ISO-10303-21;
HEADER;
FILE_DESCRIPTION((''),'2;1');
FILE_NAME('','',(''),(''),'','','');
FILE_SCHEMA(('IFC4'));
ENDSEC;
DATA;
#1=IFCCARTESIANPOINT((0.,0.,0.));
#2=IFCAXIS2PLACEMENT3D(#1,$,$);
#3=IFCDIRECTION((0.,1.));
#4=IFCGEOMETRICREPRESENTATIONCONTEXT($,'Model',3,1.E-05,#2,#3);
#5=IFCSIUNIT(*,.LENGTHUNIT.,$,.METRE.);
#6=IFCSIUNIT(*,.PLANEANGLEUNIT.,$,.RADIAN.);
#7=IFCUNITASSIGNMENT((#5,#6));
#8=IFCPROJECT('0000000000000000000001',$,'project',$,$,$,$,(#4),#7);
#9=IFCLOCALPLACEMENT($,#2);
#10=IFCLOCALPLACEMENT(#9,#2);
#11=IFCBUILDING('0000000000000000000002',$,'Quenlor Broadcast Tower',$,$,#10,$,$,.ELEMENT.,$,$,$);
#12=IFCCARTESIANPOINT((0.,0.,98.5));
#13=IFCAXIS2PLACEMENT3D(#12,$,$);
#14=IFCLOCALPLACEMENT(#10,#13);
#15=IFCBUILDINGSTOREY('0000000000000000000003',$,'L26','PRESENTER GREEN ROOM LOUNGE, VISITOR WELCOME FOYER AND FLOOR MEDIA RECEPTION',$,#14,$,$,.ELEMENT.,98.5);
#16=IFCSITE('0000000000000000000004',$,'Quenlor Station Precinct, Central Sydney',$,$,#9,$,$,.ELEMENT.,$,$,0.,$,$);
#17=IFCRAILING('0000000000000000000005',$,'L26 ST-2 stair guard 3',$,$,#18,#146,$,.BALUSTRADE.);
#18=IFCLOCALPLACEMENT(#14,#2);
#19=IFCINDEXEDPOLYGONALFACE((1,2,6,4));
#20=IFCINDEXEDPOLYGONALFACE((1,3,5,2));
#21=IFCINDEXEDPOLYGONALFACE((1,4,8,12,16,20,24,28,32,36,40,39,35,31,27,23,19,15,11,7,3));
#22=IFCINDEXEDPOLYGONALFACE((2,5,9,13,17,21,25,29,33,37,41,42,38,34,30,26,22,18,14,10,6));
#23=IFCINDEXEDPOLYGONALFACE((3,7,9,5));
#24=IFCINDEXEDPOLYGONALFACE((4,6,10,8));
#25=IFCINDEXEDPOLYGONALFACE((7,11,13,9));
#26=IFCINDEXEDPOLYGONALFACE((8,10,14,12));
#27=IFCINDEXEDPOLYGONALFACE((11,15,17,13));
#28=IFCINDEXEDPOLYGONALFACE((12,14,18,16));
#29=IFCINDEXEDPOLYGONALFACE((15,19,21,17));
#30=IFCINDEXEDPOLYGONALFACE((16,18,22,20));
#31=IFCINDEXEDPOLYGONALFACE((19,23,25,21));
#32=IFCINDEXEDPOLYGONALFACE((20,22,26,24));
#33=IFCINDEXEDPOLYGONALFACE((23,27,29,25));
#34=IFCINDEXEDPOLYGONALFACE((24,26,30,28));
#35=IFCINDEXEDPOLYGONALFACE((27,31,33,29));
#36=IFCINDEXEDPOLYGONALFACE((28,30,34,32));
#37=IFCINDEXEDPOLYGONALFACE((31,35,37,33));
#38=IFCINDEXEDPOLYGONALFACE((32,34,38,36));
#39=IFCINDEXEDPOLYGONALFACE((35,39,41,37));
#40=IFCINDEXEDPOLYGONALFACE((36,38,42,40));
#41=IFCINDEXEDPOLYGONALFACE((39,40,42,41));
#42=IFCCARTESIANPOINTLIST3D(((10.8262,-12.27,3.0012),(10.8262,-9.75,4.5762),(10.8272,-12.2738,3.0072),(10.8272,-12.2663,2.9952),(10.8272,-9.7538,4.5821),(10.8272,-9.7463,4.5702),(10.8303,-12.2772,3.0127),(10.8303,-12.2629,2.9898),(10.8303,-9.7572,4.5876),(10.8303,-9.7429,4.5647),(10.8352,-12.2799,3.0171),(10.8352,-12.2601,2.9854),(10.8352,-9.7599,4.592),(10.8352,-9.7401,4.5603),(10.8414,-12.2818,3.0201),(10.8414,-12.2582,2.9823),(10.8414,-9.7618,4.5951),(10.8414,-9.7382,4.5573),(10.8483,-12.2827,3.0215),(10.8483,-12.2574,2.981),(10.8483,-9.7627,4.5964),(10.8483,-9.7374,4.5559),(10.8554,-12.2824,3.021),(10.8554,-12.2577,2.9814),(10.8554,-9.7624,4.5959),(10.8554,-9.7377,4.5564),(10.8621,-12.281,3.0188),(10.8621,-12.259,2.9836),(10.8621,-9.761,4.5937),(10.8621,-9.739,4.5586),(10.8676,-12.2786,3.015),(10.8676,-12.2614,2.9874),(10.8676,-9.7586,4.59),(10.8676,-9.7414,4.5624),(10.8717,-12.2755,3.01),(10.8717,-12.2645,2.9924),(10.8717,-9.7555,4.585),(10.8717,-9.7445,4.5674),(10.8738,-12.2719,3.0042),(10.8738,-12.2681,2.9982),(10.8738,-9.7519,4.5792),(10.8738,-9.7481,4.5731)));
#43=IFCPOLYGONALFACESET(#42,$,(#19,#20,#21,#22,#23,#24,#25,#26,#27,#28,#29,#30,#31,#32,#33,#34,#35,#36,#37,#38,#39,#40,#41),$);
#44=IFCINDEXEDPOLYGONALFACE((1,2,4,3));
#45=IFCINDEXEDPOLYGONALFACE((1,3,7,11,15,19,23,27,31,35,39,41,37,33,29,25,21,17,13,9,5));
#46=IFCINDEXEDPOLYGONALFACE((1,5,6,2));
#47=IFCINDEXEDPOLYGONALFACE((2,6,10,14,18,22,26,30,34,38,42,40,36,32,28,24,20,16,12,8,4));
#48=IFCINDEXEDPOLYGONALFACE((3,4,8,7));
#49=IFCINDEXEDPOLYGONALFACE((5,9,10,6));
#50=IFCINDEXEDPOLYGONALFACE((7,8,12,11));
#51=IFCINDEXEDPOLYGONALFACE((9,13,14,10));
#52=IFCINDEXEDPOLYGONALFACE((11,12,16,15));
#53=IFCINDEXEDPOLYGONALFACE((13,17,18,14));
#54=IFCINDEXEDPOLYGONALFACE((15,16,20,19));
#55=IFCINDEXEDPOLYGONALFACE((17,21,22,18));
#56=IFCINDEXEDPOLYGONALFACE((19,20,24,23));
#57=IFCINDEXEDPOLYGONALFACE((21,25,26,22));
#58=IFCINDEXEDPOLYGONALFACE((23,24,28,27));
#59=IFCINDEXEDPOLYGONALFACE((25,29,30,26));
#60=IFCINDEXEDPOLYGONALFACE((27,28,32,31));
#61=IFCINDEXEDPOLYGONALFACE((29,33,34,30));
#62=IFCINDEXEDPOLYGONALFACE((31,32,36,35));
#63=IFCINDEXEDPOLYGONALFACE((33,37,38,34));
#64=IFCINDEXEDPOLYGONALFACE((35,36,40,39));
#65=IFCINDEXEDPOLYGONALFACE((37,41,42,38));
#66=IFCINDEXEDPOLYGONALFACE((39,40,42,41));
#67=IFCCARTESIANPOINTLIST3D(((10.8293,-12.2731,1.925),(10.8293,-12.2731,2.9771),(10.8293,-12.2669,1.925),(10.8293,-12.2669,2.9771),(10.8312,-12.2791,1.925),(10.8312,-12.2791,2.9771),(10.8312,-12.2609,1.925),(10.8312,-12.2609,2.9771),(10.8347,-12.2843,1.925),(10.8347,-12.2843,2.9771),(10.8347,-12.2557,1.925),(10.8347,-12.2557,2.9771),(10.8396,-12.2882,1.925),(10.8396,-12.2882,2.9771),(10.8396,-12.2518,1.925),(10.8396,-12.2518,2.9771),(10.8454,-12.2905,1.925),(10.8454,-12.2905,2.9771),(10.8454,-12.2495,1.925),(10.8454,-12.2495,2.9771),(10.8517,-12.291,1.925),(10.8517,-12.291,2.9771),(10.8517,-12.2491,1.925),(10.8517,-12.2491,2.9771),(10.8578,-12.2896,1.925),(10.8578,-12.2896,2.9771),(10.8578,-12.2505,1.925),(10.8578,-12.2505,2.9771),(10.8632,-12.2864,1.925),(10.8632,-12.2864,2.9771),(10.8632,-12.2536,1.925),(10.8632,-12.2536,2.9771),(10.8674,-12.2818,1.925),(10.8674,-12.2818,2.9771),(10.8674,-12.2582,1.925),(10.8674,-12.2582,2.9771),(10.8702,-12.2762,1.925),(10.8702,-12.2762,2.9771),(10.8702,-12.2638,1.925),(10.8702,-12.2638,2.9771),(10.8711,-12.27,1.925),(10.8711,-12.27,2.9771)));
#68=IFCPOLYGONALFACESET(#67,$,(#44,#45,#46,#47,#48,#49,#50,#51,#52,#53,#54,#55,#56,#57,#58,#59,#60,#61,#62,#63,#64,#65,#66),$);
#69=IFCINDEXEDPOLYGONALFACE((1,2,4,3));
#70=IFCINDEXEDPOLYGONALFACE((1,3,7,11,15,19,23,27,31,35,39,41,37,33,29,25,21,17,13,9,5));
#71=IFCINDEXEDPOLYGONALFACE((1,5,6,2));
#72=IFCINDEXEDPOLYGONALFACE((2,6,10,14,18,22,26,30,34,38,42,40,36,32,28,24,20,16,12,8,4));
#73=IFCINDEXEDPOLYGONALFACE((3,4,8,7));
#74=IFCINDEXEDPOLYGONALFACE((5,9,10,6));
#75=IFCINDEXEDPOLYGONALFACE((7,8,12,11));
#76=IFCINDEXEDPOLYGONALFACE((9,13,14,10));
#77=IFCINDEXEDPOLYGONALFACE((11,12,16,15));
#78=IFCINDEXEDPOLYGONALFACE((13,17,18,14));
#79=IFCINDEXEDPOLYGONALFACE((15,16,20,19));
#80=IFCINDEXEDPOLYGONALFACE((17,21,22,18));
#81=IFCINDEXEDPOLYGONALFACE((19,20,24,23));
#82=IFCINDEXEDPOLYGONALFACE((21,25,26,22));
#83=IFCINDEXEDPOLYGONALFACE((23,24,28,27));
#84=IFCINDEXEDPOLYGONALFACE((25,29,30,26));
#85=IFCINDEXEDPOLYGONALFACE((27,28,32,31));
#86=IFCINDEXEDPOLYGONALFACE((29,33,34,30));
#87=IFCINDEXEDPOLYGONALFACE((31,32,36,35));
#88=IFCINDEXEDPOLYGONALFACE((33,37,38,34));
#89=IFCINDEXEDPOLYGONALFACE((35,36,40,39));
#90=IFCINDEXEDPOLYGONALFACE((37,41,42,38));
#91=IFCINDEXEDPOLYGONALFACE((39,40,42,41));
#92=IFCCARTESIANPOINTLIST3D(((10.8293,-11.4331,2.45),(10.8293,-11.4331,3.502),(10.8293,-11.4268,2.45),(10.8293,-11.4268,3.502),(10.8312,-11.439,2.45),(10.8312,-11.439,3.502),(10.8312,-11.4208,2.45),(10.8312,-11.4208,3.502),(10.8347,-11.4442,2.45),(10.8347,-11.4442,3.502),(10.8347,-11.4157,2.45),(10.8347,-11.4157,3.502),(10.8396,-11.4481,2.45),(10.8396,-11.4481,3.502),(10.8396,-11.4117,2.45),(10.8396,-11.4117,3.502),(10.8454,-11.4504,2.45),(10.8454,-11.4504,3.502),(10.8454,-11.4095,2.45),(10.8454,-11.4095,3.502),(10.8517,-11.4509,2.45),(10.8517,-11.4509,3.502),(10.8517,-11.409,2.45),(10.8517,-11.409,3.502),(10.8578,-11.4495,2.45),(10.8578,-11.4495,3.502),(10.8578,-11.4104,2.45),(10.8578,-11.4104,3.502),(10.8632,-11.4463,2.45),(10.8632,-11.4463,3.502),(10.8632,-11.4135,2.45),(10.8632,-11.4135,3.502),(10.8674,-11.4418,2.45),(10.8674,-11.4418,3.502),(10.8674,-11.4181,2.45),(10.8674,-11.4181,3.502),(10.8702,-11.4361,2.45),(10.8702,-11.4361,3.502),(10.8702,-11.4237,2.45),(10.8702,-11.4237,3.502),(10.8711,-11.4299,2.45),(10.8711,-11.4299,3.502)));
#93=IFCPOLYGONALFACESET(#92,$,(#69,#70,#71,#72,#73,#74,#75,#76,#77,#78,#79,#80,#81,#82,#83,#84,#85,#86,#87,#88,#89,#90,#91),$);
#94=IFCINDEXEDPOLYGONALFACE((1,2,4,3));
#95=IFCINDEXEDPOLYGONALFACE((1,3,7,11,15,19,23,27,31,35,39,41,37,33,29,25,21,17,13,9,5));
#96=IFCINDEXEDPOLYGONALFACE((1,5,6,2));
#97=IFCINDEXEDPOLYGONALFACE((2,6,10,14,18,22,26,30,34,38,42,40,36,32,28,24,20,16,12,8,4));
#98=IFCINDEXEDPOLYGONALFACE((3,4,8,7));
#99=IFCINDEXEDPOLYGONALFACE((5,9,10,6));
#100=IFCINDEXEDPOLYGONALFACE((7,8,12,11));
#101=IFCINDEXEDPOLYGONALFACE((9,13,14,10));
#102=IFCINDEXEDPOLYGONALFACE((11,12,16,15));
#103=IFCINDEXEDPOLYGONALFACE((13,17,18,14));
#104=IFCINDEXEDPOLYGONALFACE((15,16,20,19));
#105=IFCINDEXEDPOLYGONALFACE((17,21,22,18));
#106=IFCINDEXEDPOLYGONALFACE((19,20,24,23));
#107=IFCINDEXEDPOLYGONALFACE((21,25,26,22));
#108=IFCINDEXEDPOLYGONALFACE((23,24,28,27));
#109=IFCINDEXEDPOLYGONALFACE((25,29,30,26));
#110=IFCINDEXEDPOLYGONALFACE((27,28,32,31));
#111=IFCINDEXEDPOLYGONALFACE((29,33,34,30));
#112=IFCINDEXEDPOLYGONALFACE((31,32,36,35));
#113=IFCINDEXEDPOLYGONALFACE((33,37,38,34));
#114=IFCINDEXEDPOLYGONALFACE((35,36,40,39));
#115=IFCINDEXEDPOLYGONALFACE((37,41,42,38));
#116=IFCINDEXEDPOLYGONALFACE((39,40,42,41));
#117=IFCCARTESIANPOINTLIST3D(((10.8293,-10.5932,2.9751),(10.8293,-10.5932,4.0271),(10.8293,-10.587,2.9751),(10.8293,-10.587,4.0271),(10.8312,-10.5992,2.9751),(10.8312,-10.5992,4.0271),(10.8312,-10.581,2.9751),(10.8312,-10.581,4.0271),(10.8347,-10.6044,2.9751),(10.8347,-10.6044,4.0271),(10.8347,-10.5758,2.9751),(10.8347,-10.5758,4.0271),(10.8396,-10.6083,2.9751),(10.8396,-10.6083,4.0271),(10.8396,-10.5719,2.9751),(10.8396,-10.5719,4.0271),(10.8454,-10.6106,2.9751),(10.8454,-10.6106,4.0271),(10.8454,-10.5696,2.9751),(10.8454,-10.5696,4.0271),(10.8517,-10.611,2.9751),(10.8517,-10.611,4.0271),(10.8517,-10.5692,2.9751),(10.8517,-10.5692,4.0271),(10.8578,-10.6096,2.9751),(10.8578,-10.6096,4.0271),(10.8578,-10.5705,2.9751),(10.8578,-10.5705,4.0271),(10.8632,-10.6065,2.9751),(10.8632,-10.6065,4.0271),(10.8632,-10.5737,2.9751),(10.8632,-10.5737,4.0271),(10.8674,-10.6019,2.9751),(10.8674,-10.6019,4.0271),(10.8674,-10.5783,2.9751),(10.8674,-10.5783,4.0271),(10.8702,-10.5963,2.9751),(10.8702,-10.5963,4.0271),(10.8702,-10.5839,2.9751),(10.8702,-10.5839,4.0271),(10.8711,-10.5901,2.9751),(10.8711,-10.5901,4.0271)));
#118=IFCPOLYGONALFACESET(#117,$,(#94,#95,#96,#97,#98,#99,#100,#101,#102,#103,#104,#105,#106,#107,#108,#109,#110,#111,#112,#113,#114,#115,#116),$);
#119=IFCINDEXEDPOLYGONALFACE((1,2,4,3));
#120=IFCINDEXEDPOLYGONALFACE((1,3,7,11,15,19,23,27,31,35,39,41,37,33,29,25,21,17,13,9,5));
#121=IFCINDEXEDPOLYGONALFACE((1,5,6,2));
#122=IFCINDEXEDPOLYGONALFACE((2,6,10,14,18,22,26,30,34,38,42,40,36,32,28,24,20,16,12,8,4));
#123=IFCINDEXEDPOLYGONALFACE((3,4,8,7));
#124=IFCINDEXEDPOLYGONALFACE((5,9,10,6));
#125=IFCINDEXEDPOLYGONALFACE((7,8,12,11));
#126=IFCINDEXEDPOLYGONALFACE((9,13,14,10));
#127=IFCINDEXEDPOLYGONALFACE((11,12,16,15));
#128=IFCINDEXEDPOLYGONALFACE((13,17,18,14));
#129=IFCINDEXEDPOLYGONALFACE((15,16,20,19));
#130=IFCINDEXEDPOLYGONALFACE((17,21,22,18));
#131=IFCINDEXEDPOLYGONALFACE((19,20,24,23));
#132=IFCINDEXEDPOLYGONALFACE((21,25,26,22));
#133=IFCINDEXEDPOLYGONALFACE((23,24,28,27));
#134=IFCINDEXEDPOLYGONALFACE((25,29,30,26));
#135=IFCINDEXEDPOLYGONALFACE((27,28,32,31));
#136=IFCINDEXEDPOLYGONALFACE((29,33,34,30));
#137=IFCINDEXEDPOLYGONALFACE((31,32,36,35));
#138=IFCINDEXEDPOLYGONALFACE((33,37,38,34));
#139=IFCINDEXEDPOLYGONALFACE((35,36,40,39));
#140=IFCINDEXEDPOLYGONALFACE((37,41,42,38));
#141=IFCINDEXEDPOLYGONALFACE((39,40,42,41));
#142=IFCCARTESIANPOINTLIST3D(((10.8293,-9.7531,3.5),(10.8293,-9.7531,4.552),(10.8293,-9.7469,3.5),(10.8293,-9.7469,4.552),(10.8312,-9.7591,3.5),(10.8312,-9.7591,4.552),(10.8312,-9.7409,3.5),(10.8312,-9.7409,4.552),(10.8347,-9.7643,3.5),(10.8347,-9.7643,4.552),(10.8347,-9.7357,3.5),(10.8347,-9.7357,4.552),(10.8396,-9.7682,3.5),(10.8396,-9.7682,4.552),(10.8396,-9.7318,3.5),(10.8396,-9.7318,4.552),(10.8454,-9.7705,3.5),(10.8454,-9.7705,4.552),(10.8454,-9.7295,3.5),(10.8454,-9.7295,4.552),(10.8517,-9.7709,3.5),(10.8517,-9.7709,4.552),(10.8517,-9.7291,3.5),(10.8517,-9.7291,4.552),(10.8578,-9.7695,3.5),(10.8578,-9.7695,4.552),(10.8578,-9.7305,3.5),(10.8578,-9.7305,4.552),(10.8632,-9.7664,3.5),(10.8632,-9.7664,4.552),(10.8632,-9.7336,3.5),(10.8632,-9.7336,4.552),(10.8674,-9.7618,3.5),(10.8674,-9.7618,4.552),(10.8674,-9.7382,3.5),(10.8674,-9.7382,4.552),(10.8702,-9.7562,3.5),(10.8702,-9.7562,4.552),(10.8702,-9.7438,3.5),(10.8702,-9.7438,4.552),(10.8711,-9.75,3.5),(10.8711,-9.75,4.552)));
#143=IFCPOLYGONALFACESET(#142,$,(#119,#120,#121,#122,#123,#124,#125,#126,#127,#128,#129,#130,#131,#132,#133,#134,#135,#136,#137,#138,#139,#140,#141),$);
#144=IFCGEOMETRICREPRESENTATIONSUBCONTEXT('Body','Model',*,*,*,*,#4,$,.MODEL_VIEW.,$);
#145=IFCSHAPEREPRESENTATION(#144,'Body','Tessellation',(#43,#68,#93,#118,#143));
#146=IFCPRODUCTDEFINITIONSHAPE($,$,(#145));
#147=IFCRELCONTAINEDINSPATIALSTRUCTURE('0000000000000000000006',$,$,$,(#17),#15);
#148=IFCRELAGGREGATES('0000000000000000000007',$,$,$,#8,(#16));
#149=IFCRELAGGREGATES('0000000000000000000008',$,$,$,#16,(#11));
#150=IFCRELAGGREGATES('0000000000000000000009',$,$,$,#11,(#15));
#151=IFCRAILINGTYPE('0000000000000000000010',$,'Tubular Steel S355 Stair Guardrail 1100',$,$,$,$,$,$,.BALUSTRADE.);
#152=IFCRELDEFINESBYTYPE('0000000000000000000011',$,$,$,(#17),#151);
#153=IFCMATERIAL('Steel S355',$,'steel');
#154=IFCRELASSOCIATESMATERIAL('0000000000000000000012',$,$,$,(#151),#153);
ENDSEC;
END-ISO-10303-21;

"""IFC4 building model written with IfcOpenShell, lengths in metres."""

from ifc_helpers import new_model, si_unit, direction, frame, origin, origin_2d, place, context, subcontext, project, spatial, circle, extrude, material, type_object, element, save


model = new_model("IFC4")

# Units and contexts
model_context = context("Model", 3, precision=1e-05, world=origin(), true_north=direction((0.0, 1.0)))
body_context = subcontext(model_context, "Body", "Model", "MODEL_VIEW")
ifc_project = project(units=[si_unit("LENGTHUNIT", "METRE"), si_unit("PLANEANGLEUNIT", "RADIAN")], contexts=[model_context])

# Site, building, storey
site_placement = place(None, origin())
site = spatial("IfcSite", under=ifc_project, at=site_placement, Name="Quenlor Station Precinct, Central Sydney", CompositionType="ELEMENT", RefElevation=0.0)
building_placement = place(site_placement, origin())
building = spatial("IfcBuilding", under=site, at=building_placement, Name="Quenlor Broadcast Tower", CompositionType="ELEMENT")
storey_placement = place(building_placement, frame((0.0, 0.0, 98.5)))
storey = spatial("IfcBuildingStorey", under=building, at=storey_placement, Name="L26", Description="PRESENTER GREEN ROOM LOUNGE, VISITOR WELCOME FOYER AND FLOOR MEDIA RECEPTION", CompositionType="ELEMENT", Elevation=98.5)

# Railing
ifc_material_1 = material(Name="Steel S355", Category="steel")
railing_type_1 = type_object("IfcRailingType", Name="Tubular Steel S355 Stair Guardrail 1100", PredefinedType="BALUSTRADE", material=ifc_material_1)
railing_1_placement = place(storey_placement, frame((10.8501, -12.27, 1.925)))
element("IfcRailing", 1, at=railing_1_placement, inside=storey, type_object=railing_type_1, Name="L26 ST-2 stair guard 3", PredefinedType="BALUSTRADE", context=body_context, shape_type="SweptSolid", body=[
    extrude(circle(Radius=0.0239, at=origin_2d()), frame((0.0, 0.0, 1.0762), z_axis=(0.0, 0.848008, 0.529984), x_axis=(-1.0, 0.0, 0.0)), (0.0, 0.0, 1.0), 2.9717),
    extrude(circle(Radius=0.021, at=origin_2d()), origin(), (0.0, 0.0, 1.0), 1.052),
    extrude(circle(Radius=0.021, at=origin_2d()), frame((0.0, 0.8401, 0.5249)), (0.0, 0.0, 1.0), 1.052),
    extrude(circle(Radius=0.021, at=origin_2d()), frame((0.0, 1.6799, 1.05)), (0.0, 0.0, 1.0), 1.052),
    extrude(circle(Radius=0.021, at=origin_2d()), frame((0.0, 2.52, 1.575)), (0.0, 0.0, 1.0), 1.052),
])

save(model, "model.ifc")
